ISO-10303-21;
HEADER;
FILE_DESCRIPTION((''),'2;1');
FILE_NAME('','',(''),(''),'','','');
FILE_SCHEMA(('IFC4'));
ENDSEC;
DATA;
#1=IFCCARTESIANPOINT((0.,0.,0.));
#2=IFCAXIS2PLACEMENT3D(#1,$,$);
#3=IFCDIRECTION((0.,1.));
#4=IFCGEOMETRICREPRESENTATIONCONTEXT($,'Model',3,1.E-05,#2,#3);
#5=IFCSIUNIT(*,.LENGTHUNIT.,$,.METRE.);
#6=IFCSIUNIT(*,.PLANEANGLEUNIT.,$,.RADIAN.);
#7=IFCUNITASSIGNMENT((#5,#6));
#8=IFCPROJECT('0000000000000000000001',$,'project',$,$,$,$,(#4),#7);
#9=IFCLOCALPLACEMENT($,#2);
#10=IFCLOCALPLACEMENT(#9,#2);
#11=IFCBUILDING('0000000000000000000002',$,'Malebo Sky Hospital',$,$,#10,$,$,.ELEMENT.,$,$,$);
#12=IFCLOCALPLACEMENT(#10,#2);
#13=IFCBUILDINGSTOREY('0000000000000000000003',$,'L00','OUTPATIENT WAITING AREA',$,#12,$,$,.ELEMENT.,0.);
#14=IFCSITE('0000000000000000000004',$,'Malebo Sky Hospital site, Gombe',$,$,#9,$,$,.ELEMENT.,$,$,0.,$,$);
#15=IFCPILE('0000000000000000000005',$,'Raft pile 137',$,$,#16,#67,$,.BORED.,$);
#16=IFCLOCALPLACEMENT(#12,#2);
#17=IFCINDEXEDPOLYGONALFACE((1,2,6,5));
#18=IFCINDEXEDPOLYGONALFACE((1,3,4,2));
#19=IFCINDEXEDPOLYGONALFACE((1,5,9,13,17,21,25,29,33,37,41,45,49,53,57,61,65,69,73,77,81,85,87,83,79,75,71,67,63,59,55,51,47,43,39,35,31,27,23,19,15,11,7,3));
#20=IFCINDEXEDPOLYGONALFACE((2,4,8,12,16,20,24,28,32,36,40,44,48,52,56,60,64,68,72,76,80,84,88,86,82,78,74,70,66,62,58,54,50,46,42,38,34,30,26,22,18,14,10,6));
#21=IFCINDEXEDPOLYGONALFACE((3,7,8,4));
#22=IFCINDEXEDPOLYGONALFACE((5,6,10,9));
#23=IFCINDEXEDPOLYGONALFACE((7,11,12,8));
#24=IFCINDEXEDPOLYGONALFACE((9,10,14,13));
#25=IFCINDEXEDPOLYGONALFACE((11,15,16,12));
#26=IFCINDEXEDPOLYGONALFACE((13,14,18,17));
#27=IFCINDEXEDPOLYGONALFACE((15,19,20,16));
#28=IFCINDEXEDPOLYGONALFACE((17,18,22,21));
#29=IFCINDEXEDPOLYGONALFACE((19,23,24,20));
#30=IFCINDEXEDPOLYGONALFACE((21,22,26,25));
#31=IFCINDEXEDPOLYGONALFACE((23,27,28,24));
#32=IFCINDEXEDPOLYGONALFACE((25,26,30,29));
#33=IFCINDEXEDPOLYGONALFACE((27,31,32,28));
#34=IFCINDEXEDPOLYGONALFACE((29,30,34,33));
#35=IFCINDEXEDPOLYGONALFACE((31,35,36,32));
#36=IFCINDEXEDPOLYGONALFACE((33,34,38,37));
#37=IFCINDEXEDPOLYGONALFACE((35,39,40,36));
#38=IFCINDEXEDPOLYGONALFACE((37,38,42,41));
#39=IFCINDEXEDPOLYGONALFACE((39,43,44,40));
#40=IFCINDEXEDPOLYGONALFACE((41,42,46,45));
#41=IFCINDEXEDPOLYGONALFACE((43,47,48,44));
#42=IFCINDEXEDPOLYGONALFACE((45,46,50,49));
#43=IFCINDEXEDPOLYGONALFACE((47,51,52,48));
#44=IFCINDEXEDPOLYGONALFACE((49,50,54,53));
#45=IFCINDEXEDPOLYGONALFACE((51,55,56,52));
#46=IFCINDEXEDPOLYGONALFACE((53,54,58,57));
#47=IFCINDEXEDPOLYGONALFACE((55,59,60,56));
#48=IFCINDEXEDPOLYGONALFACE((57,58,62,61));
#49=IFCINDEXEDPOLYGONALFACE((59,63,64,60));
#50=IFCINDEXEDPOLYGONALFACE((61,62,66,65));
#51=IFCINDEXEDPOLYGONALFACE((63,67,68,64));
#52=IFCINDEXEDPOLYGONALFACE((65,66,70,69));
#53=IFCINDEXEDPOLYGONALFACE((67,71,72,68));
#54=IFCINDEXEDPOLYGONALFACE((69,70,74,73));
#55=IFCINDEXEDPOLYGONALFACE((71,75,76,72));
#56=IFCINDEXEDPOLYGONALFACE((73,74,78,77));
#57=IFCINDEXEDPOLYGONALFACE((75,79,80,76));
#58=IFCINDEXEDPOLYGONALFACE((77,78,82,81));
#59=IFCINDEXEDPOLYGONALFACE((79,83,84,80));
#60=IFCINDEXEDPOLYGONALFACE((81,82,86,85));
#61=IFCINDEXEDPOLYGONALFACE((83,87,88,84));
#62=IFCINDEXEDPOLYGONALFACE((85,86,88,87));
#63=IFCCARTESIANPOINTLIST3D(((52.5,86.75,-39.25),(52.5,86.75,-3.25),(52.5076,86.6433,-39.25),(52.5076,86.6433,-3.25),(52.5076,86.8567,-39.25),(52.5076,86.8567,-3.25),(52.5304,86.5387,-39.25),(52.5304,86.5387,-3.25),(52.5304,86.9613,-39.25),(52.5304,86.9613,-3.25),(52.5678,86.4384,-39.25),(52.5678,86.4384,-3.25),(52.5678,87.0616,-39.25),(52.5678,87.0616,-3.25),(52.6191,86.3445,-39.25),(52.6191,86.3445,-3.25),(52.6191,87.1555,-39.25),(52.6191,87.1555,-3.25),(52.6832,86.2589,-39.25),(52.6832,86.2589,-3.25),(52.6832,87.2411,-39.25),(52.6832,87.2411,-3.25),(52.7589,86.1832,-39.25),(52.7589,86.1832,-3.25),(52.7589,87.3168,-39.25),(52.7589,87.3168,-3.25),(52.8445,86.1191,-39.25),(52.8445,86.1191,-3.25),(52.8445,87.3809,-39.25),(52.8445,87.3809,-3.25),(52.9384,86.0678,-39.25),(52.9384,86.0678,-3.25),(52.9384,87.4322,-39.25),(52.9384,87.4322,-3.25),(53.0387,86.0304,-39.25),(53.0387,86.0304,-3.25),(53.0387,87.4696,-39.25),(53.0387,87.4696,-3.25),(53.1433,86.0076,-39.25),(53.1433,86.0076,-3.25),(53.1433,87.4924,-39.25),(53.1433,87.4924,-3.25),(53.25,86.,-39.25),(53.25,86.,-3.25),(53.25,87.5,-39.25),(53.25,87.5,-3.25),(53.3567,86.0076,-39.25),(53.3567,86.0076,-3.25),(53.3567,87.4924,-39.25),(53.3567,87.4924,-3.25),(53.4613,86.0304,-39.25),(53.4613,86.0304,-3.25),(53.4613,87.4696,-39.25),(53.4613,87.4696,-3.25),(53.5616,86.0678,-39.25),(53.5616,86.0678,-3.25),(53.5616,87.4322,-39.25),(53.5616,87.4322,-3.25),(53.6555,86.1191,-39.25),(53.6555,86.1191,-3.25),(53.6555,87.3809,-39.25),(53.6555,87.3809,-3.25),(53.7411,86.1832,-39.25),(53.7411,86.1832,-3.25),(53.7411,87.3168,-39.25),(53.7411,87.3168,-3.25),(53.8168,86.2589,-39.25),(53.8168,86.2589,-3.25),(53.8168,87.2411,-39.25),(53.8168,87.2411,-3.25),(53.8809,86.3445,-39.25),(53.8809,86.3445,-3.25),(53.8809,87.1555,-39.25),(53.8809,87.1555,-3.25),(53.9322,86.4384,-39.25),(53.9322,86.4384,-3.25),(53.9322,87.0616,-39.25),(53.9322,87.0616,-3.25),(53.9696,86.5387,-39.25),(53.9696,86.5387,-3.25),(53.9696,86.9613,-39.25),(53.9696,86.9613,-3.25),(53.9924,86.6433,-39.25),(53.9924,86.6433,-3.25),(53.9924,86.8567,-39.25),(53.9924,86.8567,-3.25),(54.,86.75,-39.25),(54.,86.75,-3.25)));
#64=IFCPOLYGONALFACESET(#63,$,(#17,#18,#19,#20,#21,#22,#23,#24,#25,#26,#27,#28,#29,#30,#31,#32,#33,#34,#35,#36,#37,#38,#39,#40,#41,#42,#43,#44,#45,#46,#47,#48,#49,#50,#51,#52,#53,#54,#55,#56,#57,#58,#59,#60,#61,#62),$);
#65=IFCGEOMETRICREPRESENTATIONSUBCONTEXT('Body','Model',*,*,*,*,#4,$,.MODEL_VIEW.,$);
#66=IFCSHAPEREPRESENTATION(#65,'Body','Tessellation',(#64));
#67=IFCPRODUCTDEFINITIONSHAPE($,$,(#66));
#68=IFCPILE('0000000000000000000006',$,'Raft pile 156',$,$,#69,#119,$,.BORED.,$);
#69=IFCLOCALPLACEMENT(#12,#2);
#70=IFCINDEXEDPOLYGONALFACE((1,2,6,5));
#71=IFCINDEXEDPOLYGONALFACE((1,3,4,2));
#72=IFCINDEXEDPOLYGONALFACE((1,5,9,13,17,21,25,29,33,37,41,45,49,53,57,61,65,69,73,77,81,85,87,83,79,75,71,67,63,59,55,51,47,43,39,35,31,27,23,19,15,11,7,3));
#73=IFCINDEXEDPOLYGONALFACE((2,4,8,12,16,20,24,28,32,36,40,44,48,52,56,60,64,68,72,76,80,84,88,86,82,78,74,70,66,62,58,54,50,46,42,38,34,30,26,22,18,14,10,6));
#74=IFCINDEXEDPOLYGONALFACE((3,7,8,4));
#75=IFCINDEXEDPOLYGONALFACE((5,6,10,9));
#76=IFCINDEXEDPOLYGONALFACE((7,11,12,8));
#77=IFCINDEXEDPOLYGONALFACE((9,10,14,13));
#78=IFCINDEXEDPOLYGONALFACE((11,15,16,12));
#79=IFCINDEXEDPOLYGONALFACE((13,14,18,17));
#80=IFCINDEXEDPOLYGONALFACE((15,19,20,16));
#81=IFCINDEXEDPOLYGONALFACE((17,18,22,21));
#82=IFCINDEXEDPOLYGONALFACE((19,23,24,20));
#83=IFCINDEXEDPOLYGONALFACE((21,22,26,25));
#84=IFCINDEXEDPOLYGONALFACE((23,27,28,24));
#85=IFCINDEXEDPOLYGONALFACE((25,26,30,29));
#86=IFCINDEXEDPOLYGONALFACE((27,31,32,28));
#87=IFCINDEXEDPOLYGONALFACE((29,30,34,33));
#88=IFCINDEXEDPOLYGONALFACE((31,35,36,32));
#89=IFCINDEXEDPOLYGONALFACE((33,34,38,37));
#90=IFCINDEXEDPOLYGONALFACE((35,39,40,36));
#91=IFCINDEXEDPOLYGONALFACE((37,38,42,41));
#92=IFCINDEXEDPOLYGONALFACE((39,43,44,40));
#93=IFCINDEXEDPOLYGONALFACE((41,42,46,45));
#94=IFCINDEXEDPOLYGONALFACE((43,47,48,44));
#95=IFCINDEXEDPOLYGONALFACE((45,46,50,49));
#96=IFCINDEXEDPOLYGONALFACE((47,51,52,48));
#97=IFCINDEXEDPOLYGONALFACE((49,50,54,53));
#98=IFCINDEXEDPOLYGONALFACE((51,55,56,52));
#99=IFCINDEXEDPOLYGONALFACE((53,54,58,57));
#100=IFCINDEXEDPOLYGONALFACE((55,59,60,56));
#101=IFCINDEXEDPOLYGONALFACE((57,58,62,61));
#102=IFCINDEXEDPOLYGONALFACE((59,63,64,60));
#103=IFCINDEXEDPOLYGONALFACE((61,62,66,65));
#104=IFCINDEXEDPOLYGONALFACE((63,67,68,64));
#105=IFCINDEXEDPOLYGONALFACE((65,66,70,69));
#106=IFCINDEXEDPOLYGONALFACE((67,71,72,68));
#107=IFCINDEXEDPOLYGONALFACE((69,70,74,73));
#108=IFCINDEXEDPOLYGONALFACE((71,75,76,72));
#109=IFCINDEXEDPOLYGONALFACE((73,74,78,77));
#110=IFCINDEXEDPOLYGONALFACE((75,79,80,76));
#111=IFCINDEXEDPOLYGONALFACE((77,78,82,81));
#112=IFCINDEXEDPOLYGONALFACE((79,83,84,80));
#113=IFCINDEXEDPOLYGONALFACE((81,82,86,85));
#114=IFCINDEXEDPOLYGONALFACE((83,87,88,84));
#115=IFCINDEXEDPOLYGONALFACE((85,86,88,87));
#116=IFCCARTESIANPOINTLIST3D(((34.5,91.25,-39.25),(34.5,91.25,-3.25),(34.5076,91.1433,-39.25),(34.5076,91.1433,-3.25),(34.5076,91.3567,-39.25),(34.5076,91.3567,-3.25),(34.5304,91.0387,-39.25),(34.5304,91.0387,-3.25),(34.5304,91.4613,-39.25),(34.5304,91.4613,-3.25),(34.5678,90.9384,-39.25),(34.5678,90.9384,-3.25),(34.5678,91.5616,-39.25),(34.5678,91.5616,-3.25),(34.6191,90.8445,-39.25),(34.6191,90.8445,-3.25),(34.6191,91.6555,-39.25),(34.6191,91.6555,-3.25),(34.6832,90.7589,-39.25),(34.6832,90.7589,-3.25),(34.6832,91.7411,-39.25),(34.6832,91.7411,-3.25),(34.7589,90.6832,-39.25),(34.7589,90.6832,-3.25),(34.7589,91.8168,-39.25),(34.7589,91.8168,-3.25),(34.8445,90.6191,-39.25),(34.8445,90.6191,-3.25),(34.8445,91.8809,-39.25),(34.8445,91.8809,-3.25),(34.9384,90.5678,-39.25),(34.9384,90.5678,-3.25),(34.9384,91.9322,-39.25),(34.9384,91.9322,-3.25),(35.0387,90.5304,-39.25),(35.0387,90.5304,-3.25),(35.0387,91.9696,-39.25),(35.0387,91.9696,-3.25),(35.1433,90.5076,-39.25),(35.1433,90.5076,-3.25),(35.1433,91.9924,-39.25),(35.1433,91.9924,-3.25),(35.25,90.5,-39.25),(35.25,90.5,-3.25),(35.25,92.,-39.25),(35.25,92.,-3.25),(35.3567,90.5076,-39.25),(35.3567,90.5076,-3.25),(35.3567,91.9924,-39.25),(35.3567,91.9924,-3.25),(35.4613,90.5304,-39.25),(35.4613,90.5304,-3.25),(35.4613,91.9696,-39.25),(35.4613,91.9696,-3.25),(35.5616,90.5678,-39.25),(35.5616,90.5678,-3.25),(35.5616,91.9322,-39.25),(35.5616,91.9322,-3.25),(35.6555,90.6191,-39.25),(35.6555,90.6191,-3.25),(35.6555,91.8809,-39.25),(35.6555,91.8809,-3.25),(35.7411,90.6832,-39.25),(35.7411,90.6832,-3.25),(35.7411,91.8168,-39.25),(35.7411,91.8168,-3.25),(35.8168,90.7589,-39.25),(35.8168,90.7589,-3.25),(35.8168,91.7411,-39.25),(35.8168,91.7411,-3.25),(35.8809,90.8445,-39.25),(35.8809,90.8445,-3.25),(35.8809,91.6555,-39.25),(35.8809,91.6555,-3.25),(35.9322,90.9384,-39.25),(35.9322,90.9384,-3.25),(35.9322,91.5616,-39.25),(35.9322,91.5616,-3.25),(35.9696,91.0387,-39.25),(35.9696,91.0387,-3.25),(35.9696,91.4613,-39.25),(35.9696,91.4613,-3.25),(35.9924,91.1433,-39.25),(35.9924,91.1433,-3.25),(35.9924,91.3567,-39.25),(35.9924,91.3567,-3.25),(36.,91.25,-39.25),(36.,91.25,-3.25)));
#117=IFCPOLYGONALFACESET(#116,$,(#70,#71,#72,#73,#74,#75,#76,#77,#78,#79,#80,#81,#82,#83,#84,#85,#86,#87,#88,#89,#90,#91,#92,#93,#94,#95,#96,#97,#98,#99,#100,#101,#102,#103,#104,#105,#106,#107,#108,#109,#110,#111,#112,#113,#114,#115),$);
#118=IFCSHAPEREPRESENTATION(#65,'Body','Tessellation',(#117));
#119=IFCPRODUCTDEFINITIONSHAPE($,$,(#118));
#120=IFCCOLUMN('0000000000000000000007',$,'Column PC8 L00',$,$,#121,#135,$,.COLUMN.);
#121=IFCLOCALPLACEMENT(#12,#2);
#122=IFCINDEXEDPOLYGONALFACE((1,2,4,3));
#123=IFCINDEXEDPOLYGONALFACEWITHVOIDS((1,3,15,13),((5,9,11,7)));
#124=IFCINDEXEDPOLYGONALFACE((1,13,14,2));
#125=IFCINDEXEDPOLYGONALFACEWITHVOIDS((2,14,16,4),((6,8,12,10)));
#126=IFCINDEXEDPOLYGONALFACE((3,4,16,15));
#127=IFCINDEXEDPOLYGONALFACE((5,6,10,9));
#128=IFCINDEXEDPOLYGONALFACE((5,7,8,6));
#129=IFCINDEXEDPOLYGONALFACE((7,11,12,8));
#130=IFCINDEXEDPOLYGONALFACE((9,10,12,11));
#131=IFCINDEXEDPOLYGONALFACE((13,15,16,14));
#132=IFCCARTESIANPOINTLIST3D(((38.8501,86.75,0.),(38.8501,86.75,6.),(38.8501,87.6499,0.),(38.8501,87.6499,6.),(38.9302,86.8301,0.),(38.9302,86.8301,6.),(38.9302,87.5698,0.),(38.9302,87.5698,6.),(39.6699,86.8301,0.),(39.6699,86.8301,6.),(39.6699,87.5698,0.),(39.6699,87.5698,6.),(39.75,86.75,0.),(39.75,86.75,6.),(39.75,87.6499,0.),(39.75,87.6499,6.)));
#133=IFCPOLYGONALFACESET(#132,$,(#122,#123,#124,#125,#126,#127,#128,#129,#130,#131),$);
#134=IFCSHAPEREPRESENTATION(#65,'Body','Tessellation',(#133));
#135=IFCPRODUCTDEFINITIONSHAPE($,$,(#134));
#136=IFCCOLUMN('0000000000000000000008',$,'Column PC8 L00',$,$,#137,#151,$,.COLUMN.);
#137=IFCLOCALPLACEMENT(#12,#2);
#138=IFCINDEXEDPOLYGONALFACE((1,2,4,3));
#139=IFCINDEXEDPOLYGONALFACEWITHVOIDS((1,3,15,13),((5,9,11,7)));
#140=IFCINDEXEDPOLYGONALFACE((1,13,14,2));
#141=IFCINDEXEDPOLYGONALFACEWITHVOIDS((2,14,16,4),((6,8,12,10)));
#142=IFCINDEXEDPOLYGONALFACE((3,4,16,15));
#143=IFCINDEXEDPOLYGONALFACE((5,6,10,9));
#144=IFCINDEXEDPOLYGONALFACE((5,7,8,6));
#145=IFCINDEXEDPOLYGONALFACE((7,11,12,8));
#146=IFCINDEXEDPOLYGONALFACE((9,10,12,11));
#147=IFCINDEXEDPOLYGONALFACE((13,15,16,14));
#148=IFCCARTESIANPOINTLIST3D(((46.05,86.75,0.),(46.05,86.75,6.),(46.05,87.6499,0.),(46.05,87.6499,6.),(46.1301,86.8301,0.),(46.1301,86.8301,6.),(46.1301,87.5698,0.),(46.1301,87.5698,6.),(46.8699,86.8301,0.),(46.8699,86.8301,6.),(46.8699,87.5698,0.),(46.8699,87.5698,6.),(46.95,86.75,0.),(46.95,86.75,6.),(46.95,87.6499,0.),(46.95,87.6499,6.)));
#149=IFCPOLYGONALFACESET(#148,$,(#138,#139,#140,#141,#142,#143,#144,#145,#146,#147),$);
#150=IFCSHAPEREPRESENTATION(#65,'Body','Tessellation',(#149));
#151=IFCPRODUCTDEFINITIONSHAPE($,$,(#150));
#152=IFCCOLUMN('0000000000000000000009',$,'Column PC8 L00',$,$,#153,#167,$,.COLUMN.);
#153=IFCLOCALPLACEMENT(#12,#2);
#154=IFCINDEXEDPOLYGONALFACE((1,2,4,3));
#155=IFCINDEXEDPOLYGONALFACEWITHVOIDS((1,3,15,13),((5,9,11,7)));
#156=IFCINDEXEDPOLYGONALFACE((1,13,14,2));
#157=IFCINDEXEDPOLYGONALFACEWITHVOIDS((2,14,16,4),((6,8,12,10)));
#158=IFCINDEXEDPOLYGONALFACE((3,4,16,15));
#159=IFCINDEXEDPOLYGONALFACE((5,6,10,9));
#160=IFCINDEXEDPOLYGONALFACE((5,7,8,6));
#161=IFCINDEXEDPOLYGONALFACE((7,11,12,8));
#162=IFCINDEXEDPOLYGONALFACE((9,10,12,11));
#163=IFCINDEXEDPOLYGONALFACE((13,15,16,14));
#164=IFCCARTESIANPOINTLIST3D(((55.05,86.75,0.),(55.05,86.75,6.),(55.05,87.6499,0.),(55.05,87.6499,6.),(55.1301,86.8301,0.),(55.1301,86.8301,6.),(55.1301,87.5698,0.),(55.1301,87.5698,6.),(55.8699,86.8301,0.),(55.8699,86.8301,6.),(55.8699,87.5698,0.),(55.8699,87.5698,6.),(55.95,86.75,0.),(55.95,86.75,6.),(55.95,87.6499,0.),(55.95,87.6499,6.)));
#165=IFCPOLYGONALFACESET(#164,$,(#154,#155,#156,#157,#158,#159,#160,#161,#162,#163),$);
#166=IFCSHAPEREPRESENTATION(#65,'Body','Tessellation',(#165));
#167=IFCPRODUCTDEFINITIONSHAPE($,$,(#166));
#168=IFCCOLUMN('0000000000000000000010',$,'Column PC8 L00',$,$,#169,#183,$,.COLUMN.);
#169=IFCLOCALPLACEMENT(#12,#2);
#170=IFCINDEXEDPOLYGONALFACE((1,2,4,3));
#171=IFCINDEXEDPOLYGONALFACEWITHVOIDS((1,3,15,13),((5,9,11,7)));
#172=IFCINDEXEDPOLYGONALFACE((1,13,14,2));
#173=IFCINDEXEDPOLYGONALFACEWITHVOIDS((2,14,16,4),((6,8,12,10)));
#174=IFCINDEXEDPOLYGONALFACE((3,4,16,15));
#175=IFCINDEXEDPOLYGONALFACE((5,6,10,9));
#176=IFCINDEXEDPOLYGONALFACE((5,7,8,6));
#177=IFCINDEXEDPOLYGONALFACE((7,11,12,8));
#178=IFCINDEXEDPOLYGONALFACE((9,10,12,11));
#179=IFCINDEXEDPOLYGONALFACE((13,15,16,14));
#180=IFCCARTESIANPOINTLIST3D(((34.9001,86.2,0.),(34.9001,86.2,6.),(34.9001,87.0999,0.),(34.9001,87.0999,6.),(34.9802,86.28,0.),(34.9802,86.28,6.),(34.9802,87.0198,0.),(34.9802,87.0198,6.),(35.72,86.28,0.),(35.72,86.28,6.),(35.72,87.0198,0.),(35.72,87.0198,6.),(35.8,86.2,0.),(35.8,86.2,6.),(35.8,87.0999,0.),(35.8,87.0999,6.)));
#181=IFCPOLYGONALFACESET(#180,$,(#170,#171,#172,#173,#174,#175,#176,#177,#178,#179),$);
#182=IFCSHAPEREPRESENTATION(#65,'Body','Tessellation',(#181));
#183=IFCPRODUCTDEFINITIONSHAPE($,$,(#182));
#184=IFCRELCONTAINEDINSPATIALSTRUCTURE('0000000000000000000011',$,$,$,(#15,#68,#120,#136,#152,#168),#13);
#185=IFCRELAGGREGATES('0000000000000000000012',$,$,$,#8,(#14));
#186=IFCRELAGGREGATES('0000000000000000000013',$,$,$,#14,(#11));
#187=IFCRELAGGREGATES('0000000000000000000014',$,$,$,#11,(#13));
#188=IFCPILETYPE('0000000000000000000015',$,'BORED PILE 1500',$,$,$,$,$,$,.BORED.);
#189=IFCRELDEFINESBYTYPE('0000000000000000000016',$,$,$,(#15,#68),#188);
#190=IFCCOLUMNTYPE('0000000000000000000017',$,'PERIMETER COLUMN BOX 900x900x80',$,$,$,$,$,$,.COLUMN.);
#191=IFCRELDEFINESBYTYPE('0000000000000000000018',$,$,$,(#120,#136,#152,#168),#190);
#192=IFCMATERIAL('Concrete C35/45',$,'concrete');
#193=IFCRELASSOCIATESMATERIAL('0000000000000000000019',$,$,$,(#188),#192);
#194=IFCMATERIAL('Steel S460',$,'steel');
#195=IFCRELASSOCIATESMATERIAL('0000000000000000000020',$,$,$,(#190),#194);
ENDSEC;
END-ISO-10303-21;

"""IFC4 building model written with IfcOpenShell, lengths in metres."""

from ifc_helpers import new_model, si_unit, direction, frame, origin, origin_2d, place, context, subcontext, project, spatial, hollow_rectangle, circle, extrude, material, material_profile, profile_set, type_object, element, save


model = new_model("IFC4")

# Units and contexts
model_context = context("Model", 3, precision=1e-05, world=origin(), true_north=direction((0.0, 1.0)))
body_context = subcontext(model_context, "Body", "Model", "MODEL_VIEW")
ifc_project = project(units=[si_unit("LENGTHUNIT", "METRE"), si_unit("PLANEANGLEUNIT", "RADIAN")], contexts=[model_context])

# Site, building, storey
site_placement = place(None, origin())
site = spatial("IfcSite", under=ifc_project, at=site_placement, Name="Malebo Sky Hospital site, Gombe", CompositionType="ELEMENT", RefElevation=0.0)
building_placement = place(site_placement, origin())
building = spatial("IfcBuilding", under=site, at=building_placement, Name="Malebo Sky Hospital", CompositionType="ELEMENT")
storey_placement = place(building_placement, origin())
storey = spatial("IfcBuildingStorey", under=building, at=storey_placement, Name="L00", Description="OUTPATIENT WAITING AREA", CompositionType="ELEMENT", Elevation=0.0)

# Piles
ifc_material_1 = material(Name="Concrete C35/45", Category="concrete")
ifc_material_profile_1 = material_profile(ifc_material_1, circle(Radius=0.75, at=origin_2d()), Name="BP 1500")
ifc_profile_set_1 = profile_set([ifc_material_profile_1], Name="Concrete C35/45")
pile_type = type_object("IfcPileType", Name="BORED PILE 1500", PredefinedType="BORED", material=ifc_profile_set_1)
for number, where, z_axis, x_axis, name in (
    (1, (53.25, 86.75, -3.25), (0.0, 0.0, -1.0), (1.0, 0.0, 0.0), "Raft pile 137"),
    (2, (35.25, 91.25, -3.25), (0.0, 0.0, -1.0), (1.0, 0.0, 0.0), "Raft pile 156"),
):
    element("IfcPile", number, at=place(storey_placement, frame(where, z_axis=z_axis, x_axis=x_axis)), inside=storey, type_object=pile_type, Name=name, PredefinedType="BORED", context=body_context, shape_type="SweptSolid", body=[
        extrude(circle(Radius=0.75, at=origin_2d()), origin(), (0.0, 0.0, 1.0), 36.0),
    ])

# Columns
ifc_material_2 = material(Name="Steel S460", Category="steel")
ifc_material_profile_2 = material_profile(ifc_material_2, hollow_rectangle(XDim=0.8999, YDim=0.8999, WallThickness=0.0801, at=origin_2d()), Name="BOX 900x900x80")
ifc_profile_set_2 = profile_set([ifc_material_profile_2], Name="Steel S460")
column_type = type_object("IfcColumnType", Name="PERIMETER COLUMN BOX 900x900x80", PredefinedType="COLUMN", material=ifc_profile_set_2)
for number, where, z_axis, x_axis, name in (
    (3, (39.3, 87.2, 0.0), (0.0, 0.0, 1.0), (1.0, 0.0, 0.0), "Column PC8 L00"),
    (4, (46.5, 87.2, 0.0), (0.0, 0.0, 1.0), (1.0, 0.0, 0.0), "Column PC8 L00"),
    (5, (55.5, 87.2, 0.0), (0.0, 0.0, 1.0), (1.0, 0.0, 0.0), "Column PC8 L00"),
    (6, (35.3501, 86.6499, 0.0), (0.0, 0.0, 1.0), (1.0, 0.0, 0.0), "Column PC8 L00"),
):
    element("IfcColumn", number, at=place(storey_placement, frame(where, z_axis=z_axis, x_axis=x_axis)), inside=storey, type_object=column_type, Name=name, PredefinedType="COLUMN", context=body_context, shape_type="SweptSolid", body=[
        extrude(hollow_rectangle(XDim=0.8999, YDim=0.8999, WallThickness=0.0801, at=origin_2d()), origin(), (0.0, 0.0, 1.0), 6.0),
    ])

save(model, "model.ifc")
